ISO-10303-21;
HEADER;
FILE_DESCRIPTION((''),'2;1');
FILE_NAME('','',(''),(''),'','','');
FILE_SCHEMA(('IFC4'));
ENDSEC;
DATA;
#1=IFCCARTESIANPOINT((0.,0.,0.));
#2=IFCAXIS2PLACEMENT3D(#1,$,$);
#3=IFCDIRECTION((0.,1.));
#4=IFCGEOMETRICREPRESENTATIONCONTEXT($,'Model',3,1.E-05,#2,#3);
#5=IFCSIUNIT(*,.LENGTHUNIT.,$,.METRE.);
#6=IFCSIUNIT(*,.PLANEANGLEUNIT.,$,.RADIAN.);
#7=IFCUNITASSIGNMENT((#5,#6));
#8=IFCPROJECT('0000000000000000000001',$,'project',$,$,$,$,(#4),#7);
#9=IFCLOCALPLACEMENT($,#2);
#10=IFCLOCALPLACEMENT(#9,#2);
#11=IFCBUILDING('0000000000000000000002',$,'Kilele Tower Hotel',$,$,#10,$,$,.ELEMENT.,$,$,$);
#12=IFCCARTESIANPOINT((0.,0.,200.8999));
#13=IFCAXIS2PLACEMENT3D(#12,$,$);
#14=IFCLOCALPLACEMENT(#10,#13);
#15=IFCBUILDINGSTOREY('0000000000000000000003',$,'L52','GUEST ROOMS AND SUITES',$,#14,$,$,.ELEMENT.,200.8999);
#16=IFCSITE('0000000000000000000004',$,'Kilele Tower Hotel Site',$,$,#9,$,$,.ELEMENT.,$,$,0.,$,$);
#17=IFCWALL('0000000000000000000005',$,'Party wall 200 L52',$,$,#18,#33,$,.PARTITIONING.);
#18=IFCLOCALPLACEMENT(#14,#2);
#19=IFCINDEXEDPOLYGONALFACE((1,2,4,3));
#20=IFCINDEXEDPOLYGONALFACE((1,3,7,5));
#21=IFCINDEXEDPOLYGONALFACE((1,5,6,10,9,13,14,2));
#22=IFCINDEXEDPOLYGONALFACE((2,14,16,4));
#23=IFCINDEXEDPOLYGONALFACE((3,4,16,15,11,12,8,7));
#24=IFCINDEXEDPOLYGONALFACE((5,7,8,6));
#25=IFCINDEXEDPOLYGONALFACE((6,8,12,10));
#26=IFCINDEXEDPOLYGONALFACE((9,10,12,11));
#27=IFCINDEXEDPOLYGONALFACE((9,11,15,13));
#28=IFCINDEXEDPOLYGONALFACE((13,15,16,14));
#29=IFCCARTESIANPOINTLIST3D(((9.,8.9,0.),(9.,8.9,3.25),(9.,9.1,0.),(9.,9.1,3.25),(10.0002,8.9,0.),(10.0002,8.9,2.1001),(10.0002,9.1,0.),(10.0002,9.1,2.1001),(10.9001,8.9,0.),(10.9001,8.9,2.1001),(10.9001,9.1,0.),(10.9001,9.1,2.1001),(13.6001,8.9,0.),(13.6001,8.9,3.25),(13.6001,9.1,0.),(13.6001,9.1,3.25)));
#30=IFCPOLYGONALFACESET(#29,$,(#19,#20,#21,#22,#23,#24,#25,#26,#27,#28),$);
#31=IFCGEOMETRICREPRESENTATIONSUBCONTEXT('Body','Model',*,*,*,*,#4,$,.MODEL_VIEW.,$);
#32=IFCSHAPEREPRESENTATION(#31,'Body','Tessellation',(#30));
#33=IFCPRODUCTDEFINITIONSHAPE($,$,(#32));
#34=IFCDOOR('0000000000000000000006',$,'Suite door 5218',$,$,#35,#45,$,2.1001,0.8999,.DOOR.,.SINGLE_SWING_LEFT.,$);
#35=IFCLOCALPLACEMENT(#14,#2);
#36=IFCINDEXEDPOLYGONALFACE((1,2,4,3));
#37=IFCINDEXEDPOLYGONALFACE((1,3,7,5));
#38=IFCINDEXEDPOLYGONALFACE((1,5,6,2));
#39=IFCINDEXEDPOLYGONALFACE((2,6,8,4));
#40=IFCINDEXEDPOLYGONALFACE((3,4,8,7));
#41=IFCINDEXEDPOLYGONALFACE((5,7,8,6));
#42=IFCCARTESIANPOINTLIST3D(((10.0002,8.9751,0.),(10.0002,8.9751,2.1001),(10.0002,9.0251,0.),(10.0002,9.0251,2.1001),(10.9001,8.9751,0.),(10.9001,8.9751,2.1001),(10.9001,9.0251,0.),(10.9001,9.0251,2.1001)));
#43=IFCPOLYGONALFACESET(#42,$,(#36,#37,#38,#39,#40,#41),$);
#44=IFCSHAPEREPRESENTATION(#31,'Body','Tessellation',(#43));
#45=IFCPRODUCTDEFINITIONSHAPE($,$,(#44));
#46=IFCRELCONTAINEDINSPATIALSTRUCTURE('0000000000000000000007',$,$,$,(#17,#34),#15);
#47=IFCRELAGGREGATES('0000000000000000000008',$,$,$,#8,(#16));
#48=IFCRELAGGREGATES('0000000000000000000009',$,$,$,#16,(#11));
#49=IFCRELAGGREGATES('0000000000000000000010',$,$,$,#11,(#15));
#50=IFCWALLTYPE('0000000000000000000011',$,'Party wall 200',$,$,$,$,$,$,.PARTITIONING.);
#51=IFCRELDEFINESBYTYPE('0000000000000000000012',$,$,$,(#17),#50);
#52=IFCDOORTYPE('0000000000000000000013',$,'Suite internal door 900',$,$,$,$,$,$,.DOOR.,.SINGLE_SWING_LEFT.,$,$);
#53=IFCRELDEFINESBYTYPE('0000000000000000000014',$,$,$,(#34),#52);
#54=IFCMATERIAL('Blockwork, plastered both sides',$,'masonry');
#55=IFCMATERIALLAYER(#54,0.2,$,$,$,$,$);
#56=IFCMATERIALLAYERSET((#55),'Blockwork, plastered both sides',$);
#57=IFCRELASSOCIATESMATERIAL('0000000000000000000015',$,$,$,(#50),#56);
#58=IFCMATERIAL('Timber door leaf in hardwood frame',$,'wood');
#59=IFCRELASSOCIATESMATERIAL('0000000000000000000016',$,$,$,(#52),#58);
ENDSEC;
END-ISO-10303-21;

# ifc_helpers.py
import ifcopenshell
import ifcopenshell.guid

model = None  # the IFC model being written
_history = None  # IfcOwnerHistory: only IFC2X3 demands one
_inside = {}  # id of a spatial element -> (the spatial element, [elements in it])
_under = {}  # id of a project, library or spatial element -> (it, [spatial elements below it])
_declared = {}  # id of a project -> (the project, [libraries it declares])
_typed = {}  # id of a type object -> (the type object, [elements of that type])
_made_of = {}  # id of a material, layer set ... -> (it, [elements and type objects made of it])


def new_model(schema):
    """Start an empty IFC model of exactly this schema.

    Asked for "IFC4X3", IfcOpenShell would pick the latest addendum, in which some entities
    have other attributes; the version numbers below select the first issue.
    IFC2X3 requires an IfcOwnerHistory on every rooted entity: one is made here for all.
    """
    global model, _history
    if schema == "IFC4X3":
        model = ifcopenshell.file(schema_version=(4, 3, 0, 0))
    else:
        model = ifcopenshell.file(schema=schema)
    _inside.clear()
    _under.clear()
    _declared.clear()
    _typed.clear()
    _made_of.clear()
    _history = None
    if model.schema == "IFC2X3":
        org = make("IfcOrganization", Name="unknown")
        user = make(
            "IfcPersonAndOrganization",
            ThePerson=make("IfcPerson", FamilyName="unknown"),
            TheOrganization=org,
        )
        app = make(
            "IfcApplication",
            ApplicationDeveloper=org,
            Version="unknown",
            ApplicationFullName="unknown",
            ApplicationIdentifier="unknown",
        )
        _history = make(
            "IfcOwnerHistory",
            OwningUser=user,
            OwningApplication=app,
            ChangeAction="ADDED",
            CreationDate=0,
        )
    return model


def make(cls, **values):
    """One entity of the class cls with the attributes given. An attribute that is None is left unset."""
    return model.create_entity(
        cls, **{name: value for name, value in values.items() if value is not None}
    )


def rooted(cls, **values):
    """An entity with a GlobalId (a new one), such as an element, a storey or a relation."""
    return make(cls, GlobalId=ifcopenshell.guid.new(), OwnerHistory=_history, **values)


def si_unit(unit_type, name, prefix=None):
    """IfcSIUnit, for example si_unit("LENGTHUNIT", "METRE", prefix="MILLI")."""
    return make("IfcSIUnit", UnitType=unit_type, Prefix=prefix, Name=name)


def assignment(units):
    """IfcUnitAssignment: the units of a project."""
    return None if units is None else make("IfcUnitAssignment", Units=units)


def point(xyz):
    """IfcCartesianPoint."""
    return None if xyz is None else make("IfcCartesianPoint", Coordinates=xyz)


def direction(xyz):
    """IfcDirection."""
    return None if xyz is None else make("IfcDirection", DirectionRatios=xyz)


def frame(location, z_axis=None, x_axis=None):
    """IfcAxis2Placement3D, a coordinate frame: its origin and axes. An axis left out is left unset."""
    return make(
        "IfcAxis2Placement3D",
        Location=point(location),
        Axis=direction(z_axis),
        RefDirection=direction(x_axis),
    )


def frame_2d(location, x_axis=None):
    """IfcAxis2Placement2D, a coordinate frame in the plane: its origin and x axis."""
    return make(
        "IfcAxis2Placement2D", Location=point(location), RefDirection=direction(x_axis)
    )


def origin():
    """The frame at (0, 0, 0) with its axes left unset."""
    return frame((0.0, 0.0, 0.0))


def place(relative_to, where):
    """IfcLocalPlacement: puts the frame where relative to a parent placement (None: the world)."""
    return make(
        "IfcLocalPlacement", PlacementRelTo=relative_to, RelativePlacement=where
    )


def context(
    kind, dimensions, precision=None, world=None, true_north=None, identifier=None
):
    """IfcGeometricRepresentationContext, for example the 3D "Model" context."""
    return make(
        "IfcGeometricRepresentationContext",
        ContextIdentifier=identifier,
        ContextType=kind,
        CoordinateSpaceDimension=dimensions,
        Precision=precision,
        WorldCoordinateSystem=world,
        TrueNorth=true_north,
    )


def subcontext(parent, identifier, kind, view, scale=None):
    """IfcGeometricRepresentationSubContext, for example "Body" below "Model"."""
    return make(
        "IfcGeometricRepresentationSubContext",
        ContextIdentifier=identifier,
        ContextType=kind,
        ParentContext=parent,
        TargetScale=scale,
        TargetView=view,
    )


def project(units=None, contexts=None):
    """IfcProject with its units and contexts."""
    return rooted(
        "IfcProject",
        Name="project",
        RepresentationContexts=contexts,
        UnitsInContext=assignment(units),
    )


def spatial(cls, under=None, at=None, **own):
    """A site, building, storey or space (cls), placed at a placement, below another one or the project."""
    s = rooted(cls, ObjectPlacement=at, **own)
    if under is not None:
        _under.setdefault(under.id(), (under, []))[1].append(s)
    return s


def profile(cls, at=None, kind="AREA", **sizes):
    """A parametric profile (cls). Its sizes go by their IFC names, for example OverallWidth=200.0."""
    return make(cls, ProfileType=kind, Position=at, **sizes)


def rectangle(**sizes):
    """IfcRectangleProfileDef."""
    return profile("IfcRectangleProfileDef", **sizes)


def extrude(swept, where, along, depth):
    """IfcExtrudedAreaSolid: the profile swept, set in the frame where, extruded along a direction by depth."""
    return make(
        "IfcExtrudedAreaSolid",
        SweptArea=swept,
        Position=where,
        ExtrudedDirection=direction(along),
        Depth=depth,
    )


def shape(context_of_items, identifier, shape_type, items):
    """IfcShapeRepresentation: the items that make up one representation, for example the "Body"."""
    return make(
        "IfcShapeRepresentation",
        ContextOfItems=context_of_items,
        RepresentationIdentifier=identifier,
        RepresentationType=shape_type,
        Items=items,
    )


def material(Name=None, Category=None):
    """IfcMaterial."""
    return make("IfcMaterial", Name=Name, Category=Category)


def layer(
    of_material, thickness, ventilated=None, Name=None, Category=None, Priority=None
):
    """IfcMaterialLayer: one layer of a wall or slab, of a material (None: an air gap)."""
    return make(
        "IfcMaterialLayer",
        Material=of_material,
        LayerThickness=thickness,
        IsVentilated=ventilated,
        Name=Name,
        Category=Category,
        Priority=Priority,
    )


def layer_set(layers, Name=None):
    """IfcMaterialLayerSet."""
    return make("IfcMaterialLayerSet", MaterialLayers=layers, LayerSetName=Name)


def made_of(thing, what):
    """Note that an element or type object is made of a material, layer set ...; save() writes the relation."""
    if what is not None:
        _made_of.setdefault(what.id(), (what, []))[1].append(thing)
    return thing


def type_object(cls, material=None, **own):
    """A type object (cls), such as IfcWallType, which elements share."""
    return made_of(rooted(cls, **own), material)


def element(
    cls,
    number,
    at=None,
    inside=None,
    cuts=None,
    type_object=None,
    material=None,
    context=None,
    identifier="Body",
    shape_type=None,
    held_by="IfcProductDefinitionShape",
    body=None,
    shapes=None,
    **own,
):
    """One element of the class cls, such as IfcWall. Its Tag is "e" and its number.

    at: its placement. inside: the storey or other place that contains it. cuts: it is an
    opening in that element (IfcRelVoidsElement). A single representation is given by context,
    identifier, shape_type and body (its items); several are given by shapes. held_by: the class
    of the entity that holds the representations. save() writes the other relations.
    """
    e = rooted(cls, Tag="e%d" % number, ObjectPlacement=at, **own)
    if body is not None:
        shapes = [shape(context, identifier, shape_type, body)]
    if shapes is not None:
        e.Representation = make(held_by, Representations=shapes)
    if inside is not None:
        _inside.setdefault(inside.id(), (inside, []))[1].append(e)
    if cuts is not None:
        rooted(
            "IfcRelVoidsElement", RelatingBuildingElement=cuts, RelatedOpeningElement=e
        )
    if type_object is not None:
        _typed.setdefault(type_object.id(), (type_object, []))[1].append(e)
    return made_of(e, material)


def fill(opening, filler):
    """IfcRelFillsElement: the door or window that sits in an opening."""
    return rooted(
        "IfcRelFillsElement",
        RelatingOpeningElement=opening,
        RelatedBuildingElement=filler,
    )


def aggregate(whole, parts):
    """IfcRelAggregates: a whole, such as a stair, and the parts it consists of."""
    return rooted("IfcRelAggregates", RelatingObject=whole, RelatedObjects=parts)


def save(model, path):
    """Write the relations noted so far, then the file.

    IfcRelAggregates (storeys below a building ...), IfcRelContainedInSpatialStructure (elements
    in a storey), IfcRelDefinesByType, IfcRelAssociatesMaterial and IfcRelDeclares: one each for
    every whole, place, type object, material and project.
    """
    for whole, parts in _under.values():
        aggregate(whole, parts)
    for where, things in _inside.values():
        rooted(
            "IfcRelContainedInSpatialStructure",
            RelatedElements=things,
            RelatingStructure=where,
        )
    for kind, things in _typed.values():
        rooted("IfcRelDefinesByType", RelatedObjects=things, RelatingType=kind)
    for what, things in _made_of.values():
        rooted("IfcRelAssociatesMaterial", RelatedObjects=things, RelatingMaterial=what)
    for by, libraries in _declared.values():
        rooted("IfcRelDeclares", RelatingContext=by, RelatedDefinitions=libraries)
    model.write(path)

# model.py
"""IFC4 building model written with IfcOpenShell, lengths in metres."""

from ifc_helpers import new_model, si_unit, direction, frame, frame_2d, origin, place, context, subcontext, project, spatial, rectangle, extrude, material, layer, layer_set, type_object, element, fill, save


model = new_model("IFC4")

# Units and contexts
model_context = context("Model", 3, precision=1e-05, world=origin(), true_north=direction((0.0, 1.0)))
body_context = subcontext(model_context, "Body", "Model", "MODEL_VIEW")
ifc_project = project(units=[si_unit("LENGTHUNIT", "METRE"), si_unit("PLANEANGLEUNIT", "RADIAN")], contexts=[model_context])

# Site, building, storey
site_placement = place(None, origin())
site = spatial("IfcSite", under=ifc_project, at=site_placement, Name="Kilele Tower Hotel Site", CompositionType="ELEMENT", RefElevation=0.0)
building_placement = place(site_placement, origin())
building = spatial("IfcBuilding", under=site, at=building_placement, Name="Kilele Tower Hotel", CompositionType="ELEMENT")
storey_placement = place(building_placement, frame((0.0, 0.0, 200.8999)))
storey = spatial("IfcBuildingStorey", under=building, at=storey_placement, Name="L52", Description="GUEST ROOMS AND SUITES", CompositionType="ELEMENT", Elevation=200.8999)

# Wall, opening, door
ifc_material_1 = material(Name="Blockwork, plastered both sides", Category="masonry")
ifc_layer_1 = layer(ifc_material_1, 0.2)
ifc_layer_set_1 = layer_set([ifc_layer_1], Name="Blockwork, plastered both sides")
wall_type_1 = type_object("IfcWallType", Name="Party wall 200", PredefinedType="PARTITIONING", material=ifc_layer_set_1)
wall_1_placement = place(storey_placement, frame((13.6001, 9.0, 0.0), z_axis=(0.0, 0.0, 1.0), x_axis=(-1.0, 0.0, 0.0)))
wall_1 = element("IfcWall", 1, at=wall_1_placement, inside=storey, type_object=wall_type_1, Name="Party wall 200 L52", PredefinedType="PARTITIONING", context=body_context, shape_type="SweptSolid", body=[
    extrude(rectangle(XDim=4.6001, YDim=0.2, at=frame_2d((2.3, 0.0))), origin(), (0.0, 0.0, 1.0), 3.25),
])
opening_1_placement = place(wall_1_placement, frame((2.7, 0.0, 0.0)))
opening_1 = element("IfcOpeningElement", 2, at=opening_1_placement, cuts=wall_1, PredefinedType="OPENING", context=body_context, shape_type="SweptSolid", body=[
    extrude(rectangle(XDim=0.8999, YDim=2.1001, at=frame_2d((0.45, 1.05))), frame((0.0, 0.1099, 0.0), z_axis=(0.0, -1.0, 0.0), x_axis=(1.0, 0.0, 0.0)), (0.0, 0.0, 1.0), 0.22),
])
ifc_material_2 = material(Name="Timber door leaf in hardwood frame", Category="wood")
door_type_1 = type_object("IfcDoorType", Name="Suite internal door 900", OperationType="SINGLE_SWING_LEFT", PredefinedType="DOOR", material=ifc_material_2)
door_1_placement = place(opening_1_placement, origin())
door_1 = element("IfcDoor", 3, at=door_1_placement, inside=storey, type_object=door_type_1, Name="Suite door 5218", OperationType="SINGLE_SWING_LEFT", OverallHeight=2.1001, OverallWidth=0.8999, PredefinedType="DOOR", context=body_context, shape_type="SweptSolid", body=[
    extrude(rectangle(XDim=0.8999, YDim=2.1001, at=frame_2d((0.45, 1.05))), frame((0.0, 0.0249, 0.0), z_axis=(0.0, -1.0, 0.0), x_axis=(1.0, 0.0, 0.0)), (0.0, 0.0, 1.0), 0.05),
])
fill(opening_1, door_1)

save(model, "model.ifc")
